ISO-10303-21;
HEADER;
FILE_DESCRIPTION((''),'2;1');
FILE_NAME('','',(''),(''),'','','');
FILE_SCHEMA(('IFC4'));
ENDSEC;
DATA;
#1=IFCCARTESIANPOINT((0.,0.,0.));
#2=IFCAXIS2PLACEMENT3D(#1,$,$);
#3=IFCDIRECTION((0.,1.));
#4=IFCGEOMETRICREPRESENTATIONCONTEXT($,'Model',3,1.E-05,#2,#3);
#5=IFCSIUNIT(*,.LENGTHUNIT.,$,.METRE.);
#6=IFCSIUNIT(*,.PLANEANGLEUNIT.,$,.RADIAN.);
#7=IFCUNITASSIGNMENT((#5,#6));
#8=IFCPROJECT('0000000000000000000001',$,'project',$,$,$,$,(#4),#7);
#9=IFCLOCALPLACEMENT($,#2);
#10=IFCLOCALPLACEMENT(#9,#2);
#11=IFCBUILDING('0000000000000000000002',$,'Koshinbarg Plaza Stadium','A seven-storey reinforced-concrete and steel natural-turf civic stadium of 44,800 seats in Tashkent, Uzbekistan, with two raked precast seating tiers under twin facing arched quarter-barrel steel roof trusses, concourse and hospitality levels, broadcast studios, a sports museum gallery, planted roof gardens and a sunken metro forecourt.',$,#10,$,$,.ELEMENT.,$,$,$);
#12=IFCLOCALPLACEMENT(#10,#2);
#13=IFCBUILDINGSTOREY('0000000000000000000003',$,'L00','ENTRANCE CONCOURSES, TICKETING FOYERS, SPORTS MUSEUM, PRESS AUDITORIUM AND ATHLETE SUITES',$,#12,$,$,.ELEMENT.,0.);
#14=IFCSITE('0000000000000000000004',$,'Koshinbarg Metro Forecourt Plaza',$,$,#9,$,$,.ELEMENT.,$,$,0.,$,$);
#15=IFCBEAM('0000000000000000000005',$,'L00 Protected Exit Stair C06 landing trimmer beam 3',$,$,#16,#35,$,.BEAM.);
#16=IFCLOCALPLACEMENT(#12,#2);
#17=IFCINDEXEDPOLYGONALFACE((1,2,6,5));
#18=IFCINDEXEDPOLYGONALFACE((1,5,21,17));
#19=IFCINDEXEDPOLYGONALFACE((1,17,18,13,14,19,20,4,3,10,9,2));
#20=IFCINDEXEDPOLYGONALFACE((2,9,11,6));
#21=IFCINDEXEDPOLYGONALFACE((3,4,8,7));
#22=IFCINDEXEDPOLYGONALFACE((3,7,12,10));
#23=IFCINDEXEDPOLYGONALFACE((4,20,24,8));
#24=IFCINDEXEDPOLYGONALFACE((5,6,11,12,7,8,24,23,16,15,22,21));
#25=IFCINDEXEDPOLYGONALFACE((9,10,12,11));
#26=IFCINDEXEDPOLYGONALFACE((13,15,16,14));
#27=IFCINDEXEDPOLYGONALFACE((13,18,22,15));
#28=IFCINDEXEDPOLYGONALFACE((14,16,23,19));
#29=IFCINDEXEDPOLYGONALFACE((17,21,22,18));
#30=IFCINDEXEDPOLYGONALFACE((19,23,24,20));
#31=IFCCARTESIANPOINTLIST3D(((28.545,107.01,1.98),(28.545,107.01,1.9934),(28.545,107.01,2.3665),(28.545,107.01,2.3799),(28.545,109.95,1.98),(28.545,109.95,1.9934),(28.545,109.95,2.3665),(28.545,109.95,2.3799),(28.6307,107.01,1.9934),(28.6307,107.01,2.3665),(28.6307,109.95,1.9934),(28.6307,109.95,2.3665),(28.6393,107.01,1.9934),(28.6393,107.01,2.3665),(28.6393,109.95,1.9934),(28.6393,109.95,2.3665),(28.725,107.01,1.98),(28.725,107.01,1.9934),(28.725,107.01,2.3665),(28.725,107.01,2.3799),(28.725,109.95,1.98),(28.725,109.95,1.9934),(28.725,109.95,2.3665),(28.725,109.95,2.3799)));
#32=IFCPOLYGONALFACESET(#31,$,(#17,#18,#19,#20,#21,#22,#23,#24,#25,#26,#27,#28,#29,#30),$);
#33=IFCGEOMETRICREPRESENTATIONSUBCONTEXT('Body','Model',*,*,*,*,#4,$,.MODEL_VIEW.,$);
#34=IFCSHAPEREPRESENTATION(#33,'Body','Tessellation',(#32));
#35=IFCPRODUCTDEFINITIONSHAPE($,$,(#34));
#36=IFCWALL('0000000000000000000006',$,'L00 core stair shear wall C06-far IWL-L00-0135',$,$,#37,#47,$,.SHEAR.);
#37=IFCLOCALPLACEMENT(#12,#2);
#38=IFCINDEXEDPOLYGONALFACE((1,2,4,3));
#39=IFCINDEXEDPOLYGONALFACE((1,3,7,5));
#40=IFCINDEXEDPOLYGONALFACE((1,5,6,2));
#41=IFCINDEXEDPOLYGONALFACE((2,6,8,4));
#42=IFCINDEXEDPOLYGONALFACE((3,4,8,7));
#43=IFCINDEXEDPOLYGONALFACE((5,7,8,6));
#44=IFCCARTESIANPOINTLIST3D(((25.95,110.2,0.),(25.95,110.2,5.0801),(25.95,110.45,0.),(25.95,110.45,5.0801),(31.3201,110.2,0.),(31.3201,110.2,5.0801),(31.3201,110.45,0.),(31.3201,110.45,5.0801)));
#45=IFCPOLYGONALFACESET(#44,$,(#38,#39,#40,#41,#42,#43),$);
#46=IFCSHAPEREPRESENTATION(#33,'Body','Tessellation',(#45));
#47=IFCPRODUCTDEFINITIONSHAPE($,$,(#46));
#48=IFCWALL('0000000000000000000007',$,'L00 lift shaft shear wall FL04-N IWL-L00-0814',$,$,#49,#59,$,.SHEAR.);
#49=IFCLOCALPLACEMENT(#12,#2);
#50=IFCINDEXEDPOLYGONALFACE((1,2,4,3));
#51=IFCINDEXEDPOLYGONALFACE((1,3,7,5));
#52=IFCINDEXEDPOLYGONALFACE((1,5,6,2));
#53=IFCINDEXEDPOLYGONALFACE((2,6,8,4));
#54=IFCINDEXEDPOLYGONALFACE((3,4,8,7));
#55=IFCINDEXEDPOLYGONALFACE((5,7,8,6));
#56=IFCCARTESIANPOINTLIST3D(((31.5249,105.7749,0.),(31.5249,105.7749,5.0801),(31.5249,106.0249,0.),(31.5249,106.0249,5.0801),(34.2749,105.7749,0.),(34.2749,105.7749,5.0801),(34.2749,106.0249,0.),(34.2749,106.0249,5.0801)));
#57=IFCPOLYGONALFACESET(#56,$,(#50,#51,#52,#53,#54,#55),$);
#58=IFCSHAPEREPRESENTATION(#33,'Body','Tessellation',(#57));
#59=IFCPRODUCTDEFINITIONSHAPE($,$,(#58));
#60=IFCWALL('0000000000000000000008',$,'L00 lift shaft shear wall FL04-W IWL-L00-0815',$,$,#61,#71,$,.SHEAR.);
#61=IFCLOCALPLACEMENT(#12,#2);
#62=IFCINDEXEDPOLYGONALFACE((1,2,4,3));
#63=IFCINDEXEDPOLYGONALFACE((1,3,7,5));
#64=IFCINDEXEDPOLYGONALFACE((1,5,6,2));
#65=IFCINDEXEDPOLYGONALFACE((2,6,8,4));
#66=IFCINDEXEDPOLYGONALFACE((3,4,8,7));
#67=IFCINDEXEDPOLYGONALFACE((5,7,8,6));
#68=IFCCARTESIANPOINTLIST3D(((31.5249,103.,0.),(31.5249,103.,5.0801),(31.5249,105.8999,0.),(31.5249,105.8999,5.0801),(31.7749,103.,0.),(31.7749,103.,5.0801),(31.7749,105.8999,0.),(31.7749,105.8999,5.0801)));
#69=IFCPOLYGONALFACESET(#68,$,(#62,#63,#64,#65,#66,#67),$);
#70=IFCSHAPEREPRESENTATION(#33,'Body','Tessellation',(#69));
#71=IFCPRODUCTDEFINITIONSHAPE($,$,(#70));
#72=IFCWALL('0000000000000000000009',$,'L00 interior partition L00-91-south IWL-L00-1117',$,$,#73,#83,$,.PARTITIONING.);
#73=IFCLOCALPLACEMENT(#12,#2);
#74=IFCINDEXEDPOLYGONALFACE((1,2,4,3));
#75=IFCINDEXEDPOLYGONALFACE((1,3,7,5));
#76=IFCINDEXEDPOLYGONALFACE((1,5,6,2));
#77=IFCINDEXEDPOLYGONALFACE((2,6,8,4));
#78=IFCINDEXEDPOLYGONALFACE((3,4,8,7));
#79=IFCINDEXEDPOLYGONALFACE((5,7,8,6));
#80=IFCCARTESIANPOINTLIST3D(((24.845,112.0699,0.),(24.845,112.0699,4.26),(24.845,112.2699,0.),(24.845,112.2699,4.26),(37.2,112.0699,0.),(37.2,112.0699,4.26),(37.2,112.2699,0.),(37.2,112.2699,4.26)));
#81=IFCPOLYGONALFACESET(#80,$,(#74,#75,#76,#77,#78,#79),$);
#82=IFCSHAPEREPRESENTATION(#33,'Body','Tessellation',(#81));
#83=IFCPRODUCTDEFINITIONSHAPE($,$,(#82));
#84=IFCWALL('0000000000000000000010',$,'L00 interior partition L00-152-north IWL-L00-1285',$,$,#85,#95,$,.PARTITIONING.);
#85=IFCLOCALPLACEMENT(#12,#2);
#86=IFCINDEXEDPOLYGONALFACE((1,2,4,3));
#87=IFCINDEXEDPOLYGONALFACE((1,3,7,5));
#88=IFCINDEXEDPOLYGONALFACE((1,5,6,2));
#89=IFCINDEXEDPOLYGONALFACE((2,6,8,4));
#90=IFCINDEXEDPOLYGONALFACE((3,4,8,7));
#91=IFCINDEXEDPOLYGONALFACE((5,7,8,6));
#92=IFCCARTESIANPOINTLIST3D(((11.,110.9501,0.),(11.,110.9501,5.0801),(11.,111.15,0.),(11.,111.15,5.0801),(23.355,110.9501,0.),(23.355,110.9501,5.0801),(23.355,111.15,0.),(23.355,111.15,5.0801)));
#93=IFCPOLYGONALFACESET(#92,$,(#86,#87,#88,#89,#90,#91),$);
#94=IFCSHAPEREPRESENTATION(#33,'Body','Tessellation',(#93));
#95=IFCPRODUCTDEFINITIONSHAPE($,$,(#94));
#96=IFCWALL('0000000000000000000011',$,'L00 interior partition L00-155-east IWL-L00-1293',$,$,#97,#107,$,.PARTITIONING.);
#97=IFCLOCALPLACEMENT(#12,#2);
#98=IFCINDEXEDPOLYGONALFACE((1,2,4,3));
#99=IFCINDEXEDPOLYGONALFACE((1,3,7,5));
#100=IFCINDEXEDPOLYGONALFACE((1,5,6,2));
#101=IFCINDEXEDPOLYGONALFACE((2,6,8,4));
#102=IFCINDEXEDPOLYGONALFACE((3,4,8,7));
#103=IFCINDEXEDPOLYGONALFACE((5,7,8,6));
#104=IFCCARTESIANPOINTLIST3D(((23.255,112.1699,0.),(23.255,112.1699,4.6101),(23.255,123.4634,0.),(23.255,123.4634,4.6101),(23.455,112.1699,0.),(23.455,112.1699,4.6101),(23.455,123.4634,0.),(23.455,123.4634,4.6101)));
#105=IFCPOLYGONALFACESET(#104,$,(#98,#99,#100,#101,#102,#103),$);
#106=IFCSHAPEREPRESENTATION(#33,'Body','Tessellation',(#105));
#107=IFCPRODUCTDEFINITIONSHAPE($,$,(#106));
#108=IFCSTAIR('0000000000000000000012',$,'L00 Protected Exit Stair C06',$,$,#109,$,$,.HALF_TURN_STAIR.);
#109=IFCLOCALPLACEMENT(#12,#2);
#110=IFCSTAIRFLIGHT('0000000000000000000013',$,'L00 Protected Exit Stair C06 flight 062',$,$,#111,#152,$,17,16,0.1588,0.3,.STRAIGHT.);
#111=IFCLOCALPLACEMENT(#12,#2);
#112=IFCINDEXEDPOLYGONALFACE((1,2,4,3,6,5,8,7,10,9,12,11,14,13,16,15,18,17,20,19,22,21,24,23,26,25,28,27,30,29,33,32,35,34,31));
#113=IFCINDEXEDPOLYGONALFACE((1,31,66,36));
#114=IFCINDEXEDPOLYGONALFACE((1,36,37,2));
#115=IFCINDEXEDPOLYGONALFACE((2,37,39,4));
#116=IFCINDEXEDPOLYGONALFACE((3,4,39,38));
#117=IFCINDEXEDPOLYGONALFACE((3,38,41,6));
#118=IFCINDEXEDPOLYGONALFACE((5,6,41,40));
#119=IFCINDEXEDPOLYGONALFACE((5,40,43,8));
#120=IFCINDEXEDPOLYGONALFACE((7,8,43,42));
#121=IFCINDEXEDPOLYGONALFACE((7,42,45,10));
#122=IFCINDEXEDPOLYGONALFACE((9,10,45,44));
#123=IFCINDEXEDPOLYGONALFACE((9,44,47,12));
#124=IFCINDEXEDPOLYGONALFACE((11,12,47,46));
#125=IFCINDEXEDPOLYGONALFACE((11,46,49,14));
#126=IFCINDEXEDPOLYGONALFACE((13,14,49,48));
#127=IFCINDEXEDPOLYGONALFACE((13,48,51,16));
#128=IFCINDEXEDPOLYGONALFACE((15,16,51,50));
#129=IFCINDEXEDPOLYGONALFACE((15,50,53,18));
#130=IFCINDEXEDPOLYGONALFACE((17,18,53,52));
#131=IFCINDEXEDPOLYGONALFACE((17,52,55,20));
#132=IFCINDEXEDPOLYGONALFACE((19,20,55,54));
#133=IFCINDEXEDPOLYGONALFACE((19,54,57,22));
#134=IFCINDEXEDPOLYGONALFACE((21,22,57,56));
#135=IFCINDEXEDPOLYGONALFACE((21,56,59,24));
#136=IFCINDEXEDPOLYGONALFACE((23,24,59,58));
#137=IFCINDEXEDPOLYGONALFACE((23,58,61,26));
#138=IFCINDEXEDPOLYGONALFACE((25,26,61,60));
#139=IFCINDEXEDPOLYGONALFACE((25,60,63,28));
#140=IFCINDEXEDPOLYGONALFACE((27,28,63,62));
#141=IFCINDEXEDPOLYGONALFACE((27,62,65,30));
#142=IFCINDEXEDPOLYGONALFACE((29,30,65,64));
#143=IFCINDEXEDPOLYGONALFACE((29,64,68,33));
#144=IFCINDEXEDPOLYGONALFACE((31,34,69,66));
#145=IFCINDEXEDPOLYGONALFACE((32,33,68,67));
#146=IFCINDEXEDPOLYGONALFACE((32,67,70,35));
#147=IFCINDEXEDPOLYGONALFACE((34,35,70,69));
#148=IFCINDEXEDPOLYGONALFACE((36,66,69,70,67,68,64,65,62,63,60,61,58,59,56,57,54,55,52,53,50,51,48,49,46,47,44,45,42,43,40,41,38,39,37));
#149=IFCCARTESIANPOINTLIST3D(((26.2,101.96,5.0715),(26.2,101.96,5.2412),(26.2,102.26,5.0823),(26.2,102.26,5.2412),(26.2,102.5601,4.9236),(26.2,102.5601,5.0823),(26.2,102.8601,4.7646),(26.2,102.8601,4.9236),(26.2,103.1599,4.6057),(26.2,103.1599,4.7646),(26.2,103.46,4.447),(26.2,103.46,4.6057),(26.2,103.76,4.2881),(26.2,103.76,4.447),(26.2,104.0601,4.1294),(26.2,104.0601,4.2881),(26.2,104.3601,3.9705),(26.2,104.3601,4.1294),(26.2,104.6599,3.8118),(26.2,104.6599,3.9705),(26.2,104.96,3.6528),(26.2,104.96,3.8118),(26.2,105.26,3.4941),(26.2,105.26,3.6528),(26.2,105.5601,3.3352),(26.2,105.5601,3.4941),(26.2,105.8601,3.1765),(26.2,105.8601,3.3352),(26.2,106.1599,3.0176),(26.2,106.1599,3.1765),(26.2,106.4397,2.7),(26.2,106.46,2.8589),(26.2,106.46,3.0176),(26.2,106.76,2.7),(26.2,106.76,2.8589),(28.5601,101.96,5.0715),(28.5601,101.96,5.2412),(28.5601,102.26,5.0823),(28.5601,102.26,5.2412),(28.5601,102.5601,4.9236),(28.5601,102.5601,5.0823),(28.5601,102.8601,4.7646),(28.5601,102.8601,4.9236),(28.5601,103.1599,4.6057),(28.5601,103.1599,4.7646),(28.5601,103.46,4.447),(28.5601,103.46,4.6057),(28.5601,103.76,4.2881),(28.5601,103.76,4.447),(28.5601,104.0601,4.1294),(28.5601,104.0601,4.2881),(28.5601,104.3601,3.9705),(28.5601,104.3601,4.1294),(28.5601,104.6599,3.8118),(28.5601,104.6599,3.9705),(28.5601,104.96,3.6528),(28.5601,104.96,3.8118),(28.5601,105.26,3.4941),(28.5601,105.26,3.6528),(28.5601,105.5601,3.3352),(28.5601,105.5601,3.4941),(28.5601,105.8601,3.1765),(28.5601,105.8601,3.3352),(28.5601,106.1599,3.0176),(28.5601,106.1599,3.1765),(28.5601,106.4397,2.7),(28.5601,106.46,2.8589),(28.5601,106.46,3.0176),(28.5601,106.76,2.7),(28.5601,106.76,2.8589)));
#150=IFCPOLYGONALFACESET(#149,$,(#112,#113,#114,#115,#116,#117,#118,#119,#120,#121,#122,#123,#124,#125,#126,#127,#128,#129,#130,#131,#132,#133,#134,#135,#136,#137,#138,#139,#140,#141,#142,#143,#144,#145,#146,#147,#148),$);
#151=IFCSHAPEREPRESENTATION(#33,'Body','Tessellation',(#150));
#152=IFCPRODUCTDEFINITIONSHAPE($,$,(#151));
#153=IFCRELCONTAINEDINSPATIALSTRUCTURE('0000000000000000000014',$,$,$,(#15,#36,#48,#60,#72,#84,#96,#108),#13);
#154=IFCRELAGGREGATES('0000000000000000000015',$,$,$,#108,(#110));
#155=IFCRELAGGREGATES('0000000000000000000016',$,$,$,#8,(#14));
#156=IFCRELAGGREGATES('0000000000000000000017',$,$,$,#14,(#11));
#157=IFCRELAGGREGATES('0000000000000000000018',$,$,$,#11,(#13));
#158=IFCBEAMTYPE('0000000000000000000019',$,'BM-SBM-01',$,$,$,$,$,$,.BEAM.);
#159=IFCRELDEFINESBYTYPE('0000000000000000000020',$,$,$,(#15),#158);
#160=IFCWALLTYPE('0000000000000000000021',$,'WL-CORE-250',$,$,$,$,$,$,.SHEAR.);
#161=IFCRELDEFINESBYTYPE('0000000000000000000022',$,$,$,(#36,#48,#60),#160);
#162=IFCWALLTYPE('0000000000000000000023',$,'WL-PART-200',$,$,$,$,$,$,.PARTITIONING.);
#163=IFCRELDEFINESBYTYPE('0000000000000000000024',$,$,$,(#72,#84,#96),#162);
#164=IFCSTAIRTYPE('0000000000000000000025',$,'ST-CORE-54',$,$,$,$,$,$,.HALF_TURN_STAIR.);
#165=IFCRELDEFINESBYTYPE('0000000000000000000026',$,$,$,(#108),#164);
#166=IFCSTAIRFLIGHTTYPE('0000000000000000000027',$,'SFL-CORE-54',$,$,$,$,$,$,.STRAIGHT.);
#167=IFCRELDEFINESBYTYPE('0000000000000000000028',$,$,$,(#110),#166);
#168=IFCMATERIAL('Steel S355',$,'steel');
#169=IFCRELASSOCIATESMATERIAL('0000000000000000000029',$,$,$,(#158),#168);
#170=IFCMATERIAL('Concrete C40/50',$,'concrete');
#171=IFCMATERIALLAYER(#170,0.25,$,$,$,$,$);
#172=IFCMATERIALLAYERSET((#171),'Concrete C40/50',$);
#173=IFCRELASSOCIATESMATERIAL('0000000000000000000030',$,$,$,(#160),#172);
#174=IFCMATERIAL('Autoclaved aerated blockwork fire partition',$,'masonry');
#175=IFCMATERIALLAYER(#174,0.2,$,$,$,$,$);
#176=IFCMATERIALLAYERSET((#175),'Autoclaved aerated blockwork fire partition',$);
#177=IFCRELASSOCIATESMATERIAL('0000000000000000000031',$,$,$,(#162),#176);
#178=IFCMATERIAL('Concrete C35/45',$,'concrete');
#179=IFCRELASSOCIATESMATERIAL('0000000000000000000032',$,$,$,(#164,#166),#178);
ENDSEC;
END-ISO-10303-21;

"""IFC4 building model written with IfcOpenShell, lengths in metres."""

from ifc_helpers import new_model, si_unit, direction, frame, frame_2d, origin, origin_2d, place, context, subcontext, project, spatial, polyline, rectangle, i_section, outline, extrude, material, layer, layer_set, material_profile, profile_set, type_object, element, aggregate, save


model = new_model("IFC4")

# Units and contexts
model_context = context("Model", 3, precision=1e-05, world=origin(), true_north=direction((0.0, 1.0)))
body_context = subcontext(model_context, "Body", "Model", "MODEL_VIEW")
ifc_project = project(units=[si_unit("LENGTHUNIT", "METRE"), si_unit("PLANEANGLEUNIT", "RADIAN")], contexts=[model_context])

# Site, building, storey
site_placement = place(None, origin())
site = spatial("IfcSite", under=ifc_project, at=site_placement, Name="Koshinbarg Metro Forecourt Plaza", CompositionType="ELEMENT", RefElevation=0.0)
building_placement = place(site_placement, origin())
building = spatial("IfcBuilding", under=site, at=building_placement, Name="Koshinbarg Plaza Stadium", Description="A seven-storey reinforced-concrete and steel natural-turf civic stadium of 44,800 seats in Tashkent, Uzbekistan, with two raked precast seating tiers under twin facing arched quarter-barrel steel roof trusses, concourse and hospitality levels, broadcast studios, a sports museum gallery, planted roof gardens and a sunken metro forecourt.", CompositionType="ELEMENT")
storey_placement = place(building_placement, origin())
storey = spatial("IfcBuildingStorey", under=building, at=storey_placement, Name="L00", Description="ENTRANCE CONCOURSES, TICKETING FOYERS, SPORTS MUSEUM, PRESS AUDITORIUM AND ATHLETE SUITES", CompositionType="ELEMENT", Elevation=0.0)

# Shared definitions
ifc_material_1 = material(Name="Concrete C35/45", Category="concrete")

# Shared definitions
ifc_material_2 = material(Name="Concrete C40/50", Category="concrete")

# Beam
ifc_material_3 = material(Name="Steel S355", Category="steel")
ifc_material_profile_1 = material_profile(ifc_material_3, i_section(OverallWidth=0.1799, OverallDepth=0.3999, WebThickness=0.0085, FlangeThickness=0.0134, at=origin_2d()), Name="IPE 400")
ifc_profile_set_1 = profile_set([ifc_material_profile_1], Name="Steel S355")
beam_type = type_object("IfcBeamType", Name="BM-SBM-01", PredefinedType="BEAM", material=ifc_profile_set_1)
beam_placement = place(storey_placement, frame((28.635, 107.01, 2.1799), z_axis=(0.0, 1.0, 0.0), x_axis=(-1.0, 0.0, 0.0)))
element("IfcBeam", 1, at=beam_placement, inside=storey, type_object=beam_type, Name="L00 Protected Exit Stair C06 landing trimmer beam 3", PredefinedType="BEAM", context=body_context, shape_type="SweptSolid", body=[
    extrude(i_section(OverallWidth=0.1799, OverallDepth=0.3999, WebThickness=0.0085, FlangeThickness=0.0134, at=origin_2d()), origin(), (0.0, 0.0, 1.0), 2.9399),
])

# Walls
ifc_layer_1 = layer(ifc_material_2, 0.25)
ifc_layer_set_1 = layer_set([ifc_layer_1], Name="Concrete C40/50")
wall_type_1 = type_object("IfcWallType", Name="WL-CORE-250", PredefinedType="SHEAR", material=ifc_layer_set_1)
wall_1_placement = place(storey_placement, frame((31.3201, 110.325, 0.0), z_axis=(0.0, 0.0, 1.0), x_axis=(-1.0, 0.0, 0.0)))
element("IfcWall", 2, at=wall_1_placement, inside=storey, type_object=wall_type_1, Name="L00 core stair shear wall C06-far IWL-L00-0135", PredefinedType="SHEAR", context=body_context, shape_type="SweptSolid", body=[
    extrude(rectangle(XDim=5.3701, YDim=0.25, at=frame_2d((2.6851, 0.0))), origin(), (0.0, 0.0, 1.0), 5.0801),
])
wall_2_placement = place(storey_placement, frame((34.2749, 105.8999, 0.0), z_axis=(0.0, 0.0, 1.0), x_axis=(-1.0, 0.0, 0.0)))
element("IfcWall", 3, at=wall_2_placement, inside=storey, type_object=wall_type_1, Name="L00 lift shaft shear wall FL04-N IWL-L00-0814", PredefinedType="SHEAR", context=body_context, shape_type="SweptSolid", body=[
    extrude(rectangle(XDim=2.75, YDim=0.25, at=frame_2d((1.375, 0.0))), origin(), (0.0, 0.0, 1.0), 5.0801),
])
wall_3_placement = place(storey_placement, frame((31.6499, 105.8999, 0.0), z_axis=(0.0, 0.0, 1.0), x_axis=(0.0, -1.0, 0.0)))
element("IfcWall", 4, at=wall_3_placement, inside=storey, type_object=wall_type_1, Name="L00 lift shaft shear wall FL04-W IWL-L00-0815", PredefinedType="SHEAR", context=body_context, shape_type="SweptSolid", body=[
    extrude(rectangle(XDim=2.8999, YDim=0.25, at=frame_2d((1.45, 0.0))), origin(), (0.0, 0.0, 1.0), 5.0801),
])
ifc_material_4 = material(Name="Autoclaved aerated blockwork fire partition", Category="masonry")
ifc_layer_2 = layer(ifc_material_4, 0.2)
ifc_layer_set_2 = layer_set([ifc_layer_2], Name="Autoclaved aerated blockwork fire partition")
wall_type_2 = type_object("IfcWallType", Name="WL-PART-200", PredefinedType="PARTITIONING", material=ifc_layer_set_2)
wall_4_placement = place(storey_placement, frame((24.845, 112.1699, 0.0), z_axis=(0.0, 0.0, 1.0), x_axis=(1.0, 0.0, 0.0)))
element("IfcWall", 5, at=wall_4_placement, inside=storey, type_object=wall_type_2, Name="L00 interior partition L00-91-south IWL-L00-1117", PredefinedType="PARTITIONING", context=body_context, shape_type="SweptSolid", body=[
    extrude(rectangle(XDim=12.355, YDim=0.2, at=frame_2d((6.1775, 0.0))), origin(), (0.0, 0.0, 1.0), 4.26),
])
wall_5_placement = place(storey_placement, frame((23.355, 111.05, 0.0), z_axis=(0.0, 0.0, 1.0), x_axis=(-1.0, 0.0, 0.0)))
element("IfcWall", 6, at=wall_5_placement, inside=storey, type_object=wall_type_2, Name="L00 interior partition L00-152-north IWL-L00-1285", PredefinedType="PARTITIONING", context=body_context, shape_type="SweptSolid", body=[
    extrude(rectangle(XDim=12.355, YDim=0.2, at=frame_2d((6.1775, 0.0))), origin(), (0.0, 0.0, 1.0), 5.0801),
])
wall_6_placement = place(storey_placement, frame((23.355, 112.1699, 0.0), z_axis=(0.0, 0.0, 1.0), x_axis=(0.0, 1.0, 0.0)))
element("IfcWall", 7, at=wall_6_placement, inside=storey, type_object=wall_type_2, Name="L00 interior partition L00-155-east IWL-L00-1293", PredefinedType="PARTITIONING", context=body_context, shape_type="SweptSolid", body=[
    extrude(rectangle(XDim=11.2935, YDim=0.2, at=frame_2d((5.6467, 0.0))), origin(), (0.0, 0.0, 1.0), 4.6101),
])

# Stair, stair flight
stair_type = type_object("IfcStairType", Name="ST-CORE-54", PredefinedType="HALF_TURN_STAIR", material=ifc_material_1)
stair_placement = place(storey_placement, origin())
stair = element("IfcStair", 8, at=stair_placement, inside=storey, type_object=stair_type, Name="L00 Protected Exit Stair C06", PredefinedType="HALF_TURN_STAIR")
stair_flight_type = type_object("IfcStairFlightType", Name="SFL-CORE-54", PredefinedType="STRAIGHT", material=ifc_material_1)
stair_flight_placement = place(storey_placement, frame((27.3799, 106.76, 2.7), z_axis=(0.0, 0.0, 1.0), x_axis=(0.0, -1.0, 0.0)))
stair_flight = element("IfcStairFlight", 9, at=stair_flight_placement, type_object=stair_flight_type, Name="L00 Protected Exit Stair C06 flight 062", NumberOfRisers=17, NumberOfTreads=16, PredefinedType="STRAIGHT", RiserHeight=0.1588, TreadLength=0.3, context=body_context, shape_type="SweptSolid", body=[
    extrude(outline(polyline([(0.0, 0.0), (0.0, 0.1589), (0.3, 0.1589), (0.3, 0.3176), (0.6001, 0.3176), (0.6001, 0.4766), (0.8999, 0.4766), (0.8999, 0.6353), (1.2, 0.6353), (1.2, 0.7942), (1.5, 0.7942), (1.5, 0.9529), (1.8, 0.9529), (1.8, 1.1118), (2.1001, 1.1118), (2.1001, 1.2705), (2.3999, 1.2705), (2.3999, 1.4294), (2.7, 1.4294), (2.7, 1.5881), (3.0, 1.5881), (3.0, 1.7471), (3.3, 1.7471), (3.3, 1.9058), (3.6001, 1.9058), (3.6001, 2.0647), (3.8999, 2.0647), (3.8999, 2.2236), (4.2, 2.2236), (4.2, 2.3823), (4.5, 2.3823), (4.5, 2.5413), (4.8, 2.5413), (4.8, 2.7), (4.8, 2.3716), (0.3203, 0.0), (0.0, 0.0)])), frame((0.0, 1.1802, 0.0), z_axis=(0.0, -1.0, 0.0), x_axis=(1.0, 0.0, 0.0)), (0.0, 0.0, 1.0), 2.3601),
])
aggregate(stair, [stair_flight])

save(model, "model.ifc")
